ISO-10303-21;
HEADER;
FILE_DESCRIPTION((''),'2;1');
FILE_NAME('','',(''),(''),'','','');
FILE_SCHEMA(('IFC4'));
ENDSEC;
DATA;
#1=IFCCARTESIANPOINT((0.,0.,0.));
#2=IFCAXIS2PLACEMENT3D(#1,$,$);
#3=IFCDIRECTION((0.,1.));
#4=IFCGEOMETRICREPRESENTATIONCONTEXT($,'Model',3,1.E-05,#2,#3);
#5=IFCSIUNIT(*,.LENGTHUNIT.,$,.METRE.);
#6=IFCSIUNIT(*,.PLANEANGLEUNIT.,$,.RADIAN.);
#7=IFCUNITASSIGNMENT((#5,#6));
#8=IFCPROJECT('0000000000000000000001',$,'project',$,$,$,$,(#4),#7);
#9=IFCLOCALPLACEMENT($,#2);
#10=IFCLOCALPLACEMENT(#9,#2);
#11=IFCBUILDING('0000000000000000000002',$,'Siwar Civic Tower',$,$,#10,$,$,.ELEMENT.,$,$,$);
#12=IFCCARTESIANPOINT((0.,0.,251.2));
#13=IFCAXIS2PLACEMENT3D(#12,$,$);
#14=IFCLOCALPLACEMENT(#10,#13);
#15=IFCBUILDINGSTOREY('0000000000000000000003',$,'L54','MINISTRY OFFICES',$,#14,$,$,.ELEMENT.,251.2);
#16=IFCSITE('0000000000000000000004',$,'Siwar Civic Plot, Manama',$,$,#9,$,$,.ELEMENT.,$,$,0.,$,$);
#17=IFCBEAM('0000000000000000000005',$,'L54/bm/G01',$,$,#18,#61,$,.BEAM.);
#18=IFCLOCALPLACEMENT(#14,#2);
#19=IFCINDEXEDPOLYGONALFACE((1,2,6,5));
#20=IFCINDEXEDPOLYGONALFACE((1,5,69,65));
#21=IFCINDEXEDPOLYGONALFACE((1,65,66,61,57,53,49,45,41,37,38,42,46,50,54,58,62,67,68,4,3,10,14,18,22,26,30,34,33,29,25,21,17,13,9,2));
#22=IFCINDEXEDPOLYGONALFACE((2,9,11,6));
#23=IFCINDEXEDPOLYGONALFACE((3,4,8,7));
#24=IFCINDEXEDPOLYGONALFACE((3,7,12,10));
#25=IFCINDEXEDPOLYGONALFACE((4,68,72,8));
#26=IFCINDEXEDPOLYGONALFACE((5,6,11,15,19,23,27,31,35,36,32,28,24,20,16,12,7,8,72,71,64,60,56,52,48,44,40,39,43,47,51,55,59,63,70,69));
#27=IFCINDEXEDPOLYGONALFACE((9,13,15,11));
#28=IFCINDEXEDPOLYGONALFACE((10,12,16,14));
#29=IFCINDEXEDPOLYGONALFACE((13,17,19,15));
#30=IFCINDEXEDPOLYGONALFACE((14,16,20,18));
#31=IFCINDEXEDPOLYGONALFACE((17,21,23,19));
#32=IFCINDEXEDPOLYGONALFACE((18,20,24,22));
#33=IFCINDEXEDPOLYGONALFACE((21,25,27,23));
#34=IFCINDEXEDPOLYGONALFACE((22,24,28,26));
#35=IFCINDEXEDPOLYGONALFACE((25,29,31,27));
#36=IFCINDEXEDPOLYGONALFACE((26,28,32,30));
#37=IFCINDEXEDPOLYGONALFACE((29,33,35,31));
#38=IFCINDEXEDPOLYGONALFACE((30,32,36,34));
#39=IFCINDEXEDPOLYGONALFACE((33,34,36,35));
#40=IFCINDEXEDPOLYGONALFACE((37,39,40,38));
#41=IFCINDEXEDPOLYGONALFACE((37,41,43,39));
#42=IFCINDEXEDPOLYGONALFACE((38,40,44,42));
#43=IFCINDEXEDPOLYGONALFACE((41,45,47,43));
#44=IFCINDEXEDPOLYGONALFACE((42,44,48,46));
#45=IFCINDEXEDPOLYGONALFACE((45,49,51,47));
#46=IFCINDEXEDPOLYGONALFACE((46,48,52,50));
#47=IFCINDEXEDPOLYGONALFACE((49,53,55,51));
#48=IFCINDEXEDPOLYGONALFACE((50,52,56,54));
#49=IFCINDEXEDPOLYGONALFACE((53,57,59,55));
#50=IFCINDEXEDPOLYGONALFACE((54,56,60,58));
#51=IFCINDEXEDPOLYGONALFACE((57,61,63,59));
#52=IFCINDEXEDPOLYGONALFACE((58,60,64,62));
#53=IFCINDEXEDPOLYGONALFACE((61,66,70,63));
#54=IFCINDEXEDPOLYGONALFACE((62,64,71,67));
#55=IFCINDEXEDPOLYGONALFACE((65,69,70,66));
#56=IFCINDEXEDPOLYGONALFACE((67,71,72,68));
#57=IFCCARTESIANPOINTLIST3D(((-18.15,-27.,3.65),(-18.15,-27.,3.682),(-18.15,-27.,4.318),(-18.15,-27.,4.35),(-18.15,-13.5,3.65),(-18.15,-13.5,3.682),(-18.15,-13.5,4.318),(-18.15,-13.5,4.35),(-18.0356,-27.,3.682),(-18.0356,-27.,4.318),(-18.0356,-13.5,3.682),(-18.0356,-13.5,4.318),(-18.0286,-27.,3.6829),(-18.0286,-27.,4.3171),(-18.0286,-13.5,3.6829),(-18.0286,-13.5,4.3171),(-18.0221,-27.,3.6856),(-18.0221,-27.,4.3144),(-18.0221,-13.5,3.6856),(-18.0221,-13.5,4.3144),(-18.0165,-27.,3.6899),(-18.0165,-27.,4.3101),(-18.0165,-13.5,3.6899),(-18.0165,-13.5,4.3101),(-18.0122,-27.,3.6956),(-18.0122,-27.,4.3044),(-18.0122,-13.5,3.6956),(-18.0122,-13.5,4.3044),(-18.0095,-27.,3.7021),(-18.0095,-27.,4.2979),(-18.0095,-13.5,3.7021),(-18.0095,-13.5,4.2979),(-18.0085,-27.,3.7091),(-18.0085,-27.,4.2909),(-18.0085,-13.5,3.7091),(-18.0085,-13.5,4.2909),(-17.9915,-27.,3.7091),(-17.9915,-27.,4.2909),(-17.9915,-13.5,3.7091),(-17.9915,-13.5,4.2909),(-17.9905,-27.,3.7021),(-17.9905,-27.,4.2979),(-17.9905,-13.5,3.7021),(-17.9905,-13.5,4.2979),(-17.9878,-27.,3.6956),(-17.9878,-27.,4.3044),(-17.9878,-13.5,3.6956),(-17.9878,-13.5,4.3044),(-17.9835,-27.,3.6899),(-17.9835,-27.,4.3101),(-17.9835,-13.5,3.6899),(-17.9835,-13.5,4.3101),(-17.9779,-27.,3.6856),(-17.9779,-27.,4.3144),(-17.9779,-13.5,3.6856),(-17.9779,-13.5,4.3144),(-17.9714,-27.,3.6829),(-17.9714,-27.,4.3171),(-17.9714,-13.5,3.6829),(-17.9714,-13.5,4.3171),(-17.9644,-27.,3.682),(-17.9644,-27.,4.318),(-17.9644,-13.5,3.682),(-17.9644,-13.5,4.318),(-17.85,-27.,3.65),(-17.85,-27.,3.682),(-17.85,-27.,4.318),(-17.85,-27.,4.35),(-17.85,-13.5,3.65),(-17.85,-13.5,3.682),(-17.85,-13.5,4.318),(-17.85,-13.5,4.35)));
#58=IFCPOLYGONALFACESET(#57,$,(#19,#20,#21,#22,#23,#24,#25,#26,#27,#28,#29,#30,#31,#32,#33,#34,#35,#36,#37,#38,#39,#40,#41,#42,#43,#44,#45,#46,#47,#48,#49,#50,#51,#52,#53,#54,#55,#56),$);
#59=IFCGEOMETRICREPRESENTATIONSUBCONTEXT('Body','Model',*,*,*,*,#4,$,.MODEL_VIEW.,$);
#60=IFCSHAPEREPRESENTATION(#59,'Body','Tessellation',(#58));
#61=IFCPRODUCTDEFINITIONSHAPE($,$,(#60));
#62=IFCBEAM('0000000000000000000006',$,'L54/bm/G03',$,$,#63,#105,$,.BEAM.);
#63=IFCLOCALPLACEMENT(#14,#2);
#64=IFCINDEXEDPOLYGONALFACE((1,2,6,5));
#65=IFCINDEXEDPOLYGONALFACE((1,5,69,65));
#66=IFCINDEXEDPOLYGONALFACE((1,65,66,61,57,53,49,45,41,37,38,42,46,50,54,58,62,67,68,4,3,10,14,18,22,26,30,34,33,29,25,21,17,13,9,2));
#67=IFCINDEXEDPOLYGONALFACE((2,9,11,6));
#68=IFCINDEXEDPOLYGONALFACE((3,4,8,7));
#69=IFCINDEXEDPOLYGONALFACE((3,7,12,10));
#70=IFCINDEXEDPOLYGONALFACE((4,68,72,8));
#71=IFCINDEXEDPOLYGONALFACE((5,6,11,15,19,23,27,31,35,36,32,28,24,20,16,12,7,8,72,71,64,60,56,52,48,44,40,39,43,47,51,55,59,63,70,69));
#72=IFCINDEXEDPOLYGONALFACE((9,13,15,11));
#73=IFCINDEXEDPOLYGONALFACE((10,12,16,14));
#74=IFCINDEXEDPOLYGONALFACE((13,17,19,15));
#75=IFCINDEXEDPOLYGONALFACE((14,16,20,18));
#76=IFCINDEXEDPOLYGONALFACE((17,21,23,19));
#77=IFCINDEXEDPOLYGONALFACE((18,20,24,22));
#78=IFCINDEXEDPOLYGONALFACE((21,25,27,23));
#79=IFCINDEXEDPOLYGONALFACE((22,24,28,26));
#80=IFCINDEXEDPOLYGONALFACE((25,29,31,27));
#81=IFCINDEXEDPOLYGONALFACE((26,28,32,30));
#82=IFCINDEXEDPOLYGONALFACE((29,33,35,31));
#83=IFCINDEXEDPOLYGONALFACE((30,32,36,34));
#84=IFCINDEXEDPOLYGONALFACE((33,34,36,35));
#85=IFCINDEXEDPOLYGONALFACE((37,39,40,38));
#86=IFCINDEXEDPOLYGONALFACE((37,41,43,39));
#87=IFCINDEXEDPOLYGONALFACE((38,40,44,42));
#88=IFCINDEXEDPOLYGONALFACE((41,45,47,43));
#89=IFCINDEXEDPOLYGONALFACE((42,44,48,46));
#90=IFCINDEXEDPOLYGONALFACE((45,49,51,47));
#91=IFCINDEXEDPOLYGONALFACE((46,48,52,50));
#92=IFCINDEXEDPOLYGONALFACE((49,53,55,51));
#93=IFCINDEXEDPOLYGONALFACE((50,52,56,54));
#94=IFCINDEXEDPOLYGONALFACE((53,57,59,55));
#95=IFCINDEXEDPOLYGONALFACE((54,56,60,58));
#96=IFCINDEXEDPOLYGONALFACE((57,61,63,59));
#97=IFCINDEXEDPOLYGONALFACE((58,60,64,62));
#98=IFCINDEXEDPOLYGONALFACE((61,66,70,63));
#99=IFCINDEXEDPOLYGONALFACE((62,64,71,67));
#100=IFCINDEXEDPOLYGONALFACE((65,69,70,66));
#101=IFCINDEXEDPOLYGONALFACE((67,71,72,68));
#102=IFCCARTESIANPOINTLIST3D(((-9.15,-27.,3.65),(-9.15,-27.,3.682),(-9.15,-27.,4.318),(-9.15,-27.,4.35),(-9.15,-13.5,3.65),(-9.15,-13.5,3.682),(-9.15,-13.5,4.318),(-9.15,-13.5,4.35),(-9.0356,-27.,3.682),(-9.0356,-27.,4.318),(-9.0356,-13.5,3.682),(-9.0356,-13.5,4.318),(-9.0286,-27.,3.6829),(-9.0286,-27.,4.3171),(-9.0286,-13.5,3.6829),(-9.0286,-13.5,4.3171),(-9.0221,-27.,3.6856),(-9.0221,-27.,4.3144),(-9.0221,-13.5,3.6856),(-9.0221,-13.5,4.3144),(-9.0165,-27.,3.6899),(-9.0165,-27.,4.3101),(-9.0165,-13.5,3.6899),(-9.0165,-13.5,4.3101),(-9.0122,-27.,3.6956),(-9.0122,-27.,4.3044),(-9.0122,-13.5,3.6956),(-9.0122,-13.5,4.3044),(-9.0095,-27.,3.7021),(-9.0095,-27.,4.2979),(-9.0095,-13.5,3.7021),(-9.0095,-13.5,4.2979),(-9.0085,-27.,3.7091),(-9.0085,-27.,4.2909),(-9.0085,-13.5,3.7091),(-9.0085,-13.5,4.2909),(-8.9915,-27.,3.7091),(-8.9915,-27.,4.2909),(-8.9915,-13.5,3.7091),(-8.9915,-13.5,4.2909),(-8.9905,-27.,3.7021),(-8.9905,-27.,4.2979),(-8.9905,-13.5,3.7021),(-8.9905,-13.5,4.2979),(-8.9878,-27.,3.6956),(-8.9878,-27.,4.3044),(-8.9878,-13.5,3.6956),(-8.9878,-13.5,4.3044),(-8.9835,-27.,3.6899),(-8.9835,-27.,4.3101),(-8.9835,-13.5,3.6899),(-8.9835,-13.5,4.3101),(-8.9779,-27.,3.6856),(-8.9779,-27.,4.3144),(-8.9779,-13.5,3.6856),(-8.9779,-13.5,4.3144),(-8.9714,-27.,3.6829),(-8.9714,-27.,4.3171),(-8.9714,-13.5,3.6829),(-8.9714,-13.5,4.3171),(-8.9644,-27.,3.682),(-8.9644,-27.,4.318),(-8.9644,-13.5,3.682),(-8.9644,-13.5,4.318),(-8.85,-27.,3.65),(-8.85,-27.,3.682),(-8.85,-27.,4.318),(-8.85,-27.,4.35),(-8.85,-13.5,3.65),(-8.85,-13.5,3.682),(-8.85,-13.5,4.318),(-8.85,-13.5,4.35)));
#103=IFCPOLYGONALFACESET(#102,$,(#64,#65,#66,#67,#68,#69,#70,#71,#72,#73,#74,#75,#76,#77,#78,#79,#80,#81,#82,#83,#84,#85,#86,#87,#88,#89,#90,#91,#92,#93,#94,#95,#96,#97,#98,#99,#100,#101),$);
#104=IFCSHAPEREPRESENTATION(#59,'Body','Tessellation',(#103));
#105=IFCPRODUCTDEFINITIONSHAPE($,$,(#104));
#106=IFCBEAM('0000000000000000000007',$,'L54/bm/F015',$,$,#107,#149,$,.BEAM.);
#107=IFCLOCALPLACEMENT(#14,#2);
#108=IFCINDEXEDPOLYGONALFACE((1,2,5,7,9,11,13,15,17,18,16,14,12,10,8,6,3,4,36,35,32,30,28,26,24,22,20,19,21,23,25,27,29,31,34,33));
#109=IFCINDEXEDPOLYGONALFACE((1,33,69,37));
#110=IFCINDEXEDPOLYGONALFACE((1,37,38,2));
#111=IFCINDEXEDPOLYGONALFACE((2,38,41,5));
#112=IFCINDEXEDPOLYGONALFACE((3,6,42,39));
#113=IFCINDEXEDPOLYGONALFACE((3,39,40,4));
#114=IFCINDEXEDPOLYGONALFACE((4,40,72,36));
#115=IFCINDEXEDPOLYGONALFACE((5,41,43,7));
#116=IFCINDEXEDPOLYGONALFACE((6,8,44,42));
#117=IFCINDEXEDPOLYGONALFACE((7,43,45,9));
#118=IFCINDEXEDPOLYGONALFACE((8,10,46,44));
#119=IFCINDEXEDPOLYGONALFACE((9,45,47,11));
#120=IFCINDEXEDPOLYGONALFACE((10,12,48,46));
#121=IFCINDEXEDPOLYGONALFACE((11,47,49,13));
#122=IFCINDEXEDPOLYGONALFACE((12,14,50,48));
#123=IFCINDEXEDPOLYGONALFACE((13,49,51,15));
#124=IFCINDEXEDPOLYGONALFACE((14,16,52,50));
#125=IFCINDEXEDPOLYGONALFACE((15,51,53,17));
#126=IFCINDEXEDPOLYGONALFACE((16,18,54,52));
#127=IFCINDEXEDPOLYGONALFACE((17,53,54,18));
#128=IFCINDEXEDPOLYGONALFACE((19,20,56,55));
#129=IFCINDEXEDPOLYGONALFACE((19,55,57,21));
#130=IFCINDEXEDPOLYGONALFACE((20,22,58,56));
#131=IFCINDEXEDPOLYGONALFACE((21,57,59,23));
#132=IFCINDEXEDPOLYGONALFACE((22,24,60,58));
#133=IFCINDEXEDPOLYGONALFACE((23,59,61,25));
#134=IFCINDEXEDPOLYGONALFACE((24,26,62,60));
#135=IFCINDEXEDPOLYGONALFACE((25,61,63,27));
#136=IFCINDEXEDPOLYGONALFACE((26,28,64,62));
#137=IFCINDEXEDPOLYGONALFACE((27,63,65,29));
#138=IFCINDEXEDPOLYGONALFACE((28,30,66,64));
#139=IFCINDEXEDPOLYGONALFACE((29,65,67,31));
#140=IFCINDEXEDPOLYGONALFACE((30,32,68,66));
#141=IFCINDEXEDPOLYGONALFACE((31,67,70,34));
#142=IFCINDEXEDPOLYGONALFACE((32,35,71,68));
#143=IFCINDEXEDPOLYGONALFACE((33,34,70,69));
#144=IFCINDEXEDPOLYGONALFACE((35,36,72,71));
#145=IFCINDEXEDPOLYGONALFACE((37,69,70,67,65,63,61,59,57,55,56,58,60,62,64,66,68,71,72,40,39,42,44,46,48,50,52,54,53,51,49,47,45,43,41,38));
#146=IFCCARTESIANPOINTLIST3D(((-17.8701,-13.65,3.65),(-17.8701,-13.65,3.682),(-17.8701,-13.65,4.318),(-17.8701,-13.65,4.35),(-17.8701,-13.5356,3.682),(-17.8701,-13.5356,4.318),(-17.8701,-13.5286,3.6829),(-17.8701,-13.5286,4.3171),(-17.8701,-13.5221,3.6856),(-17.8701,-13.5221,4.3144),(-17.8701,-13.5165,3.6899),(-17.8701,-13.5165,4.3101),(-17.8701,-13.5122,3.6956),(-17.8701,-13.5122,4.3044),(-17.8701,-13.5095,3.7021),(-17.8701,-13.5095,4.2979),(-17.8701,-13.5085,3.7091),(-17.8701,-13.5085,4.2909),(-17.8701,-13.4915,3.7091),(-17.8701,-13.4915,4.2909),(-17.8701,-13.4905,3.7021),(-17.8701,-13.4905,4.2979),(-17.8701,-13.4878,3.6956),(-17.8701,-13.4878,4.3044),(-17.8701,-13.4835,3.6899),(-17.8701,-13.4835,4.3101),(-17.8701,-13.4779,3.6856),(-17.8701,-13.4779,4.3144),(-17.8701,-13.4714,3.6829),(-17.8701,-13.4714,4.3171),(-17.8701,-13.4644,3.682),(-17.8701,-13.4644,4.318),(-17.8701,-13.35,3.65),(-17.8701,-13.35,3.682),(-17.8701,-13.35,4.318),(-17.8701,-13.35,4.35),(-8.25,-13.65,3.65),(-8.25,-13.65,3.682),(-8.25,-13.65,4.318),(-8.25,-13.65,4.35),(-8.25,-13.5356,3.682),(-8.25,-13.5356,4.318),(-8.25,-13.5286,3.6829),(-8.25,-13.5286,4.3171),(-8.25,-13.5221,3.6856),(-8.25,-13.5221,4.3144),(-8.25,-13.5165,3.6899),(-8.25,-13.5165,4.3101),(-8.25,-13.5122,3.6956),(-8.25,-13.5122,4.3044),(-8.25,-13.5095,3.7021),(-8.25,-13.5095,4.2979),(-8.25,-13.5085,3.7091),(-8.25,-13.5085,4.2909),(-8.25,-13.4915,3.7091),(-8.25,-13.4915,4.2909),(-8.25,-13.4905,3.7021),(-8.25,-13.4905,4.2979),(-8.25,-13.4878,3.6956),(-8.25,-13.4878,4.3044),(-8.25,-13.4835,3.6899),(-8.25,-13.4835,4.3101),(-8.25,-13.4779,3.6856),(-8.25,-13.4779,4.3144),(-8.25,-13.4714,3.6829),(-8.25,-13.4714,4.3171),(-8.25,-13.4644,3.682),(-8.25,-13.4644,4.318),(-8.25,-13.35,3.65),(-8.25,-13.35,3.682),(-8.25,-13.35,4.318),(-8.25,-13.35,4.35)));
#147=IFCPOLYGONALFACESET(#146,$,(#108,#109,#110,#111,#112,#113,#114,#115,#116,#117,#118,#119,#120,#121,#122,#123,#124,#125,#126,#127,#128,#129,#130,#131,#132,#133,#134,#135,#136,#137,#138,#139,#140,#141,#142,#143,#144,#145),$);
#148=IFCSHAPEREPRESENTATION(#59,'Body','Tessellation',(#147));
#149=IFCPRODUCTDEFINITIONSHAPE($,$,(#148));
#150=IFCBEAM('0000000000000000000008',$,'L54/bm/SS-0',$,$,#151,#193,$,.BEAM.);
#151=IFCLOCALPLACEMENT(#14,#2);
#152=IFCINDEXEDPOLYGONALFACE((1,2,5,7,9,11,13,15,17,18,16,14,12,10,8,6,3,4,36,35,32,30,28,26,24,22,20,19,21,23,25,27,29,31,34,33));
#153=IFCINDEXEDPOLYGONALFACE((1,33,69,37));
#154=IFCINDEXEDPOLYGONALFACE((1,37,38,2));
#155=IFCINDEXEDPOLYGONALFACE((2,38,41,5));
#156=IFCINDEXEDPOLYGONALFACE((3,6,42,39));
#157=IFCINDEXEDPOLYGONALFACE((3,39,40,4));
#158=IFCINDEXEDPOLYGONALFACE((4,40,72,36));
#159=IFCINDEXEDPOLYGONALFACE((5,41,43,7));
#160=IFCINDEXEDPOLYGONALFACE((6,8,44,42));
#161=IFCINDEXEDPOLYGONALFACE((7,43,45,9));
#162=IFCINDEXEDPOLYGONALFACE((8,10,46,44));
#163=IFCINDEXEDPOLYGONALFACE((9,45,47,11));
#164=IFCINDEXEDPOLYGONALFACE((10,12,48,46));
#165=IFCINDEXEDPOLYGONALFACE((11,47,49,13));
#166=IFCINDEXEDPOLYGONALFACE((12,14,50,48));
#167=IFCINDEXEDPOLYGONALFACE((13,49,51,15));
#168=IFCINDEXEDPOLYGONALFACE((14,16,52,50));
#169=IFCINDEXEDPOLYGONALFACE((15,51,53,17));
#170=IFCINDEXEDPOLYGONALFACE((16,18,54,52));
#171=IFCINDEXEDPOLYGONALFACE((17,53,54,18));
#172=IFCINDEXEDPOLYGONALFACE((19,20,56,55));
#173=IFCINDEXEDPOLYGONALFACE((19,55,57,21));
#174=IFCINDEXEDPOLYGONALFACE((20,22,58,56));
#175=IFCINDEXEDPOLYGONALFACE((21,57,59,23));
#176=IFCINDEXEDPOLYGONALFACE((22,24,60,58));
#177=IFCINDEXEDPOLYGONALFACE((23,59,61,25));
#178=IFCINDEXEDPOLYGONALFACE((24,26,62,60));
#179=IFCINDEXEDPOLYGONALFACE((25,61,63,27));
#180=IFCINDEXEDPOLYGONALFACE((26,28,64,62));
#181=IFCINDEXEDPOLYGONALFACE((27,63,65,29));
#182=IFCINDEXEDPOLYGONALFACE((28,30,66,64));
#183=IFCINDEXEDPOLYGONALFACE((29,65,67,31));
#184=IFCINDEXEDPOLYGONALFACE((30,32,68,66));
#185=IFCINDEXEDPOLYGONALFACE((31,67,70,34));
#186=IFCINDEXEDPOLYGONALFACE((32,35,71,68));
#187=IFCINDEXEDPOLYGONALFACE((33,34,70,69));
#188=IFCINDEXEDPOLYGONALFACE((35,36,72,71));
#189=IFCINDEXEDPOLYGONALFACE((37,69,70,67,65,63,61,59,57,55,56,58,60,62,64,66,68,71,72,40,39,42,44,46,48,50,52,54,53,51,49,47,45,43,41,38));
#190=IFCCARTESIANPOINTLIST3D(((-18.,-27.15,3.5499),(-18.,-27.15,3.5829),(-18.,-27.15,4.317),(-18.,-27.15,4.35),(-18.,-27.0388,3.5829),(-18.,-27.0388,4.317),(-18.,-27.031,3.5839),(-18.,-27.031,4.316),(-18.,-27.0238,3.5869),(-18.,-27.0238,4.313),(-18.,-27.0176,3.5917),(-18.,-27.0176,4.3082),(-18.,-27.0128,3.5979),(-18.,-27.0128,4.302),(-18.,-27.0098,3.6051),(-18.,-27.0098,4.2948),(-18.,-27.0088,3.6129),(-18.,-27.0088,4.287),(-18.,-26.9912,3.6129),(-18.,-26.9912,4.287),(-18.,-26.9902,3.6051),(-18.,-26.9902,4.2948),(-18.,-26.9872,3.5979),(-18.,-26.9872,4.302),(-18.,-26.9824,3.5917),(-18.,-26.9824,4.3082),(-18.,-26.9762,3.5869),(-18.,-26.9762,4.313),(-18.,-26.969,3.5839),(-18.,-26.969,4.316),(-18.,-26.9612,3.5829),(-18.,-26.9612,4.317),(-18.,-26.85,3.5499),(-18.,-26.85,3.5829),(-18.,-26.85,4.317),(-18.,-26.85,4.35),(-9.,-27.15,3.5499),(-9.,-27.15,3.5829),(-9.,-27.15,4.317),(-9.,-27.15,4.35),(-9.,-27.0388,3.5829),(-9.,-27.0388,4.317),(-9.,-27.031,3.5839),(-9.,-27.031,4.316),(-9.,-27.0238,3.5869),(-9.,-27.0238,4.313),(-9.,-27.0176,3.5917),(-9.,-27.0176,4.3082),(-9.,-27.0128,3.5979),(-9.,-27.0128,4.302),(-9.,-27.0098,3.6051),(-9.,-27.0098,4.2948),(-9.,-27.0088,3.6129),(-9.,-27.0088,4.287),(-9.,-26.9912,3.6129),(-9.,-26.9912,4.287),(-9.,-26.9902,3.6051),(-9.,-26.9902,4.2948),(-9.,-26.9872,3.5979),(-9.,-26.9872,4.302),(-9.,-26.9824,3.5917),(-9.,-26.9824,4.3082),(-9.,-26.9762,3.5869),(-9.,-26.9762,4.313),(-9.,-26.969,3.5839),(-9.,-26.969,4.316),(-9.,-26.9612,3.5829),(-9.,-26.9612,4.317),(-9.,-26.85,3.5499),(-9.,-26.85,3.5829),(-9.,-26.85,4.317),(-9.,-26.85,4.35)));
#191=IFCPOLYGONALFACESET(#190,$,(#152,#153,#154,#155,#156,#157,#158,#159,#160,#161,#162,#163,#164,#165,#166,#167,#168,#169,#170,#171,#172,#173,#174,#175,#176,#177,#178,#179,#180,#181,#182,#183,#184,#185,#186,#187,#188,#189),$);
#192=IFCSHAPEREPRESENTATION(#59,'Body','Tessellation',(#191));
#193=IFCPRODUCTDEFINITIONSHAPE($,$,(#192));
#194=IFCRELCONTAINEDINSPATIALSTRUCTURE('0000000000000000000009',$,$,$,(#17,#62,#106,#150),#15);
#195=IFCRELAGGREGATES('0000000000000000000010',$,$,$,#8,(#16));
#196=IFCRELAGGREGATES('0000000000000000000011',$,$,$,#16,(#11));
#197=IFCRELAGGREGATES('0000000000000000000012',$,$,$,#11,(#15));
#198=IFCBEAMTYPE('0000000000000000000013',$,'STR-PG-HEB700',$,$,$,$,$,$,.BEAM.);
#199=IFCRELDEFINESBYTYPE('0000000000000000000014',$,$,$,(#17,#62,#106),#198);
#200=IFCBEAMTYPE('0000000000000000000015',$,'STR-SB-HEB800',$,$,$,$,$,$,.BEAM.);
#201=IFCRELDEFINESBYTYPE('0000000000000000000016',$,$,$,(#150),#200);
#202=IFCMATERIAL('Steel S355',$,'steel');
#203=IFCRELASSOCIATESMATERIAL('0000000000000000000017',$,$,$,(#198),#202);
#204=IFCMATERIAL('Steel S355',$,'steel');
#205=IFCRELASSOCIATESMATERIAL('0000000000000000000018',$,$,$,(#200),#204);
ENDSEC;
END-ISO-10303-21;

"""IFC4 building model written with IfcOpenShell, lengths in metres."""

from ifc_helpers import new_model, si_unit, direction, frame, origin, origin_2d, place, context, subcontext, project, spatial, i_section, extrude, material, material_profile, profile_set, type_object, element, save


model = new_model("IFC4")

# Units and contexts
model_context = context("Model", 3, precision=1e-05, world=origin(), true_north=direction((0.0, 1.0)))
body_context = subcontext(model_context, "Body", "Model", "MODEL_VIEW")
ifc_project = project(units=[si_unit("LENGTHUNIT", "METRE"), si_unit("PLANEANGLEUNIT", "RADIAN")], contexts=[model_context])

# Site, building, storey
site_placement = place(None, origin())
site = spatial("IfcSite", under=ifc_project, at=site_placement, Name="Siwar Civic Plot, Manama", CompositionType="ELEMENT", RefElevation=0.0)
building_placement = place(site_placement, origin())
building = spatial("IfcBuilding", under=site, at=building_placement, Name="Siwar Civic Tower", CompositionType="ELEMENT")
storey_placement = place(building_placement, frame((0.0, 0.0, 251.2)))
storey = spatial("IfcBuildingStorey", under=building, at=storey_placement, Name="L54", Description="MINISTRY OFFICES", CompositionType="ELEMENT", Elevation=251.2)

# Beams
ifc_material_1 = material(Name="Steel S355", Category="steel")
ifc_material_profile_1 = material_profile(ifc_material_1, i_section(OverallWidth=0.3, OverallDepth=0.7, WebThickness=0.0171, FlangeThickness=0.032, FilletRadius=0.0271, at=origin_2d()), Name="HEB700")
ifc_profile_set_1 = profile_set([ifc_material_profile_1], Name="Steel S355")
beam_type_1 = type_object("IfcBeamType", Name="STR-PG-HEB700", PredefinedType="BEAM", material=ifc_profile_set_1)
for number, where, z_axis, x_axis, name in (
    (1, (-18.0, -27.0, 4.0), (0.0, 1.0, 0.0), (-1.0, 0.0, 0.0), "L54/bm/G01"),
    (2, (-9.0, -27.0, 4.0), (0.0, 1.0, 0.0), (-1.0, 0.0, 0.0), "L54/bm/G03"),
):
    element("IfcBeam", number, at=place(storey_placement, frame(where, z_axis=z_axis, x_axis=x_axis)), inside=storey, type_object=beam_type_1, Name=name, PredefinedType="BEAM", context=body_context, shape_type="SweptSolid", body=[
        extrude(i_section(OverallWidth=0.3, OverallDepth=0.7, WebThickness=0.0171, FlangeThickness=0.032, FilletRadius=0.0271, at=origin_2d()), origin(), (0.0, 0.0, 1.0), 13.5),
    ])
beam_1_placement = place(storey_placement, frame((-17.8701, -13.5, 4.0), z_axis=(1.0, 0.0, 0.0), x_axis=(0.0, 1.0, 0.0)))
element("IfcBeam", 3, at=beam_1_placement, inside=storey, type_object=beam_type_1, Name="L54/bm/F015", PredefinedType="BEAM", context=body_context, shape_type="SweptSolid", body=[
    extrude(i_section(OverallWidth=0.3, OverallDepth=0.7, WebThickness=0.0171, FlangeThickness=0.032, FilletRadius=0.0271, at=origin_2d()), origin(), (0.0, 0.0, 1.0), 9.6201),
])
ifc_material_2 = material(Name="Steel S355", Category="steel")
ifc_material_profile_2 = material_profile(ifc_material_2, i_section(OverallWidth=0.3, OverallDepth=0.8, WebThickness=0.0176, FlangeThickness=0.033, FilletRadius=0.03, at=origin_2d()), Name="HEB800")
ifc_profile_set_2 = profile_set([ifc_material_profile_2], Name="Steel S355")
beam_type_2 = type_object("IfcBeamType", Name="STR-SB-HEB800", PredefinedType="BEAM", material=ifc_profile_set_2)
for number, where, z_axis, x_axis, name in (
    (4, (-18.0, -27.0, 3.95), (1.0, 0.0, 0.0), (0.0, 1.0, 0.0), "L54/bm/SS-0"),
):
    element("IfcBeam", number, at=place(storey_placement, frame(where, z_axis=z_axis, x_axis=x_axis)), inside=storey, type_object=beam_type_2, Name=name, PredefinedType="BEAM", context=body_context, shape_type="SweptSolid", body=[
        extrude(i_section(OverallWidth=0.3, OverallDepth=0.8, WebThickness=0.0176, FlangeThickness=0.033, FilletRadius=0.03, at=origin_2d()), origin(), (0.0, 0.0, 1.0), 9.0),
    ])

save(model, "model.ifc")
